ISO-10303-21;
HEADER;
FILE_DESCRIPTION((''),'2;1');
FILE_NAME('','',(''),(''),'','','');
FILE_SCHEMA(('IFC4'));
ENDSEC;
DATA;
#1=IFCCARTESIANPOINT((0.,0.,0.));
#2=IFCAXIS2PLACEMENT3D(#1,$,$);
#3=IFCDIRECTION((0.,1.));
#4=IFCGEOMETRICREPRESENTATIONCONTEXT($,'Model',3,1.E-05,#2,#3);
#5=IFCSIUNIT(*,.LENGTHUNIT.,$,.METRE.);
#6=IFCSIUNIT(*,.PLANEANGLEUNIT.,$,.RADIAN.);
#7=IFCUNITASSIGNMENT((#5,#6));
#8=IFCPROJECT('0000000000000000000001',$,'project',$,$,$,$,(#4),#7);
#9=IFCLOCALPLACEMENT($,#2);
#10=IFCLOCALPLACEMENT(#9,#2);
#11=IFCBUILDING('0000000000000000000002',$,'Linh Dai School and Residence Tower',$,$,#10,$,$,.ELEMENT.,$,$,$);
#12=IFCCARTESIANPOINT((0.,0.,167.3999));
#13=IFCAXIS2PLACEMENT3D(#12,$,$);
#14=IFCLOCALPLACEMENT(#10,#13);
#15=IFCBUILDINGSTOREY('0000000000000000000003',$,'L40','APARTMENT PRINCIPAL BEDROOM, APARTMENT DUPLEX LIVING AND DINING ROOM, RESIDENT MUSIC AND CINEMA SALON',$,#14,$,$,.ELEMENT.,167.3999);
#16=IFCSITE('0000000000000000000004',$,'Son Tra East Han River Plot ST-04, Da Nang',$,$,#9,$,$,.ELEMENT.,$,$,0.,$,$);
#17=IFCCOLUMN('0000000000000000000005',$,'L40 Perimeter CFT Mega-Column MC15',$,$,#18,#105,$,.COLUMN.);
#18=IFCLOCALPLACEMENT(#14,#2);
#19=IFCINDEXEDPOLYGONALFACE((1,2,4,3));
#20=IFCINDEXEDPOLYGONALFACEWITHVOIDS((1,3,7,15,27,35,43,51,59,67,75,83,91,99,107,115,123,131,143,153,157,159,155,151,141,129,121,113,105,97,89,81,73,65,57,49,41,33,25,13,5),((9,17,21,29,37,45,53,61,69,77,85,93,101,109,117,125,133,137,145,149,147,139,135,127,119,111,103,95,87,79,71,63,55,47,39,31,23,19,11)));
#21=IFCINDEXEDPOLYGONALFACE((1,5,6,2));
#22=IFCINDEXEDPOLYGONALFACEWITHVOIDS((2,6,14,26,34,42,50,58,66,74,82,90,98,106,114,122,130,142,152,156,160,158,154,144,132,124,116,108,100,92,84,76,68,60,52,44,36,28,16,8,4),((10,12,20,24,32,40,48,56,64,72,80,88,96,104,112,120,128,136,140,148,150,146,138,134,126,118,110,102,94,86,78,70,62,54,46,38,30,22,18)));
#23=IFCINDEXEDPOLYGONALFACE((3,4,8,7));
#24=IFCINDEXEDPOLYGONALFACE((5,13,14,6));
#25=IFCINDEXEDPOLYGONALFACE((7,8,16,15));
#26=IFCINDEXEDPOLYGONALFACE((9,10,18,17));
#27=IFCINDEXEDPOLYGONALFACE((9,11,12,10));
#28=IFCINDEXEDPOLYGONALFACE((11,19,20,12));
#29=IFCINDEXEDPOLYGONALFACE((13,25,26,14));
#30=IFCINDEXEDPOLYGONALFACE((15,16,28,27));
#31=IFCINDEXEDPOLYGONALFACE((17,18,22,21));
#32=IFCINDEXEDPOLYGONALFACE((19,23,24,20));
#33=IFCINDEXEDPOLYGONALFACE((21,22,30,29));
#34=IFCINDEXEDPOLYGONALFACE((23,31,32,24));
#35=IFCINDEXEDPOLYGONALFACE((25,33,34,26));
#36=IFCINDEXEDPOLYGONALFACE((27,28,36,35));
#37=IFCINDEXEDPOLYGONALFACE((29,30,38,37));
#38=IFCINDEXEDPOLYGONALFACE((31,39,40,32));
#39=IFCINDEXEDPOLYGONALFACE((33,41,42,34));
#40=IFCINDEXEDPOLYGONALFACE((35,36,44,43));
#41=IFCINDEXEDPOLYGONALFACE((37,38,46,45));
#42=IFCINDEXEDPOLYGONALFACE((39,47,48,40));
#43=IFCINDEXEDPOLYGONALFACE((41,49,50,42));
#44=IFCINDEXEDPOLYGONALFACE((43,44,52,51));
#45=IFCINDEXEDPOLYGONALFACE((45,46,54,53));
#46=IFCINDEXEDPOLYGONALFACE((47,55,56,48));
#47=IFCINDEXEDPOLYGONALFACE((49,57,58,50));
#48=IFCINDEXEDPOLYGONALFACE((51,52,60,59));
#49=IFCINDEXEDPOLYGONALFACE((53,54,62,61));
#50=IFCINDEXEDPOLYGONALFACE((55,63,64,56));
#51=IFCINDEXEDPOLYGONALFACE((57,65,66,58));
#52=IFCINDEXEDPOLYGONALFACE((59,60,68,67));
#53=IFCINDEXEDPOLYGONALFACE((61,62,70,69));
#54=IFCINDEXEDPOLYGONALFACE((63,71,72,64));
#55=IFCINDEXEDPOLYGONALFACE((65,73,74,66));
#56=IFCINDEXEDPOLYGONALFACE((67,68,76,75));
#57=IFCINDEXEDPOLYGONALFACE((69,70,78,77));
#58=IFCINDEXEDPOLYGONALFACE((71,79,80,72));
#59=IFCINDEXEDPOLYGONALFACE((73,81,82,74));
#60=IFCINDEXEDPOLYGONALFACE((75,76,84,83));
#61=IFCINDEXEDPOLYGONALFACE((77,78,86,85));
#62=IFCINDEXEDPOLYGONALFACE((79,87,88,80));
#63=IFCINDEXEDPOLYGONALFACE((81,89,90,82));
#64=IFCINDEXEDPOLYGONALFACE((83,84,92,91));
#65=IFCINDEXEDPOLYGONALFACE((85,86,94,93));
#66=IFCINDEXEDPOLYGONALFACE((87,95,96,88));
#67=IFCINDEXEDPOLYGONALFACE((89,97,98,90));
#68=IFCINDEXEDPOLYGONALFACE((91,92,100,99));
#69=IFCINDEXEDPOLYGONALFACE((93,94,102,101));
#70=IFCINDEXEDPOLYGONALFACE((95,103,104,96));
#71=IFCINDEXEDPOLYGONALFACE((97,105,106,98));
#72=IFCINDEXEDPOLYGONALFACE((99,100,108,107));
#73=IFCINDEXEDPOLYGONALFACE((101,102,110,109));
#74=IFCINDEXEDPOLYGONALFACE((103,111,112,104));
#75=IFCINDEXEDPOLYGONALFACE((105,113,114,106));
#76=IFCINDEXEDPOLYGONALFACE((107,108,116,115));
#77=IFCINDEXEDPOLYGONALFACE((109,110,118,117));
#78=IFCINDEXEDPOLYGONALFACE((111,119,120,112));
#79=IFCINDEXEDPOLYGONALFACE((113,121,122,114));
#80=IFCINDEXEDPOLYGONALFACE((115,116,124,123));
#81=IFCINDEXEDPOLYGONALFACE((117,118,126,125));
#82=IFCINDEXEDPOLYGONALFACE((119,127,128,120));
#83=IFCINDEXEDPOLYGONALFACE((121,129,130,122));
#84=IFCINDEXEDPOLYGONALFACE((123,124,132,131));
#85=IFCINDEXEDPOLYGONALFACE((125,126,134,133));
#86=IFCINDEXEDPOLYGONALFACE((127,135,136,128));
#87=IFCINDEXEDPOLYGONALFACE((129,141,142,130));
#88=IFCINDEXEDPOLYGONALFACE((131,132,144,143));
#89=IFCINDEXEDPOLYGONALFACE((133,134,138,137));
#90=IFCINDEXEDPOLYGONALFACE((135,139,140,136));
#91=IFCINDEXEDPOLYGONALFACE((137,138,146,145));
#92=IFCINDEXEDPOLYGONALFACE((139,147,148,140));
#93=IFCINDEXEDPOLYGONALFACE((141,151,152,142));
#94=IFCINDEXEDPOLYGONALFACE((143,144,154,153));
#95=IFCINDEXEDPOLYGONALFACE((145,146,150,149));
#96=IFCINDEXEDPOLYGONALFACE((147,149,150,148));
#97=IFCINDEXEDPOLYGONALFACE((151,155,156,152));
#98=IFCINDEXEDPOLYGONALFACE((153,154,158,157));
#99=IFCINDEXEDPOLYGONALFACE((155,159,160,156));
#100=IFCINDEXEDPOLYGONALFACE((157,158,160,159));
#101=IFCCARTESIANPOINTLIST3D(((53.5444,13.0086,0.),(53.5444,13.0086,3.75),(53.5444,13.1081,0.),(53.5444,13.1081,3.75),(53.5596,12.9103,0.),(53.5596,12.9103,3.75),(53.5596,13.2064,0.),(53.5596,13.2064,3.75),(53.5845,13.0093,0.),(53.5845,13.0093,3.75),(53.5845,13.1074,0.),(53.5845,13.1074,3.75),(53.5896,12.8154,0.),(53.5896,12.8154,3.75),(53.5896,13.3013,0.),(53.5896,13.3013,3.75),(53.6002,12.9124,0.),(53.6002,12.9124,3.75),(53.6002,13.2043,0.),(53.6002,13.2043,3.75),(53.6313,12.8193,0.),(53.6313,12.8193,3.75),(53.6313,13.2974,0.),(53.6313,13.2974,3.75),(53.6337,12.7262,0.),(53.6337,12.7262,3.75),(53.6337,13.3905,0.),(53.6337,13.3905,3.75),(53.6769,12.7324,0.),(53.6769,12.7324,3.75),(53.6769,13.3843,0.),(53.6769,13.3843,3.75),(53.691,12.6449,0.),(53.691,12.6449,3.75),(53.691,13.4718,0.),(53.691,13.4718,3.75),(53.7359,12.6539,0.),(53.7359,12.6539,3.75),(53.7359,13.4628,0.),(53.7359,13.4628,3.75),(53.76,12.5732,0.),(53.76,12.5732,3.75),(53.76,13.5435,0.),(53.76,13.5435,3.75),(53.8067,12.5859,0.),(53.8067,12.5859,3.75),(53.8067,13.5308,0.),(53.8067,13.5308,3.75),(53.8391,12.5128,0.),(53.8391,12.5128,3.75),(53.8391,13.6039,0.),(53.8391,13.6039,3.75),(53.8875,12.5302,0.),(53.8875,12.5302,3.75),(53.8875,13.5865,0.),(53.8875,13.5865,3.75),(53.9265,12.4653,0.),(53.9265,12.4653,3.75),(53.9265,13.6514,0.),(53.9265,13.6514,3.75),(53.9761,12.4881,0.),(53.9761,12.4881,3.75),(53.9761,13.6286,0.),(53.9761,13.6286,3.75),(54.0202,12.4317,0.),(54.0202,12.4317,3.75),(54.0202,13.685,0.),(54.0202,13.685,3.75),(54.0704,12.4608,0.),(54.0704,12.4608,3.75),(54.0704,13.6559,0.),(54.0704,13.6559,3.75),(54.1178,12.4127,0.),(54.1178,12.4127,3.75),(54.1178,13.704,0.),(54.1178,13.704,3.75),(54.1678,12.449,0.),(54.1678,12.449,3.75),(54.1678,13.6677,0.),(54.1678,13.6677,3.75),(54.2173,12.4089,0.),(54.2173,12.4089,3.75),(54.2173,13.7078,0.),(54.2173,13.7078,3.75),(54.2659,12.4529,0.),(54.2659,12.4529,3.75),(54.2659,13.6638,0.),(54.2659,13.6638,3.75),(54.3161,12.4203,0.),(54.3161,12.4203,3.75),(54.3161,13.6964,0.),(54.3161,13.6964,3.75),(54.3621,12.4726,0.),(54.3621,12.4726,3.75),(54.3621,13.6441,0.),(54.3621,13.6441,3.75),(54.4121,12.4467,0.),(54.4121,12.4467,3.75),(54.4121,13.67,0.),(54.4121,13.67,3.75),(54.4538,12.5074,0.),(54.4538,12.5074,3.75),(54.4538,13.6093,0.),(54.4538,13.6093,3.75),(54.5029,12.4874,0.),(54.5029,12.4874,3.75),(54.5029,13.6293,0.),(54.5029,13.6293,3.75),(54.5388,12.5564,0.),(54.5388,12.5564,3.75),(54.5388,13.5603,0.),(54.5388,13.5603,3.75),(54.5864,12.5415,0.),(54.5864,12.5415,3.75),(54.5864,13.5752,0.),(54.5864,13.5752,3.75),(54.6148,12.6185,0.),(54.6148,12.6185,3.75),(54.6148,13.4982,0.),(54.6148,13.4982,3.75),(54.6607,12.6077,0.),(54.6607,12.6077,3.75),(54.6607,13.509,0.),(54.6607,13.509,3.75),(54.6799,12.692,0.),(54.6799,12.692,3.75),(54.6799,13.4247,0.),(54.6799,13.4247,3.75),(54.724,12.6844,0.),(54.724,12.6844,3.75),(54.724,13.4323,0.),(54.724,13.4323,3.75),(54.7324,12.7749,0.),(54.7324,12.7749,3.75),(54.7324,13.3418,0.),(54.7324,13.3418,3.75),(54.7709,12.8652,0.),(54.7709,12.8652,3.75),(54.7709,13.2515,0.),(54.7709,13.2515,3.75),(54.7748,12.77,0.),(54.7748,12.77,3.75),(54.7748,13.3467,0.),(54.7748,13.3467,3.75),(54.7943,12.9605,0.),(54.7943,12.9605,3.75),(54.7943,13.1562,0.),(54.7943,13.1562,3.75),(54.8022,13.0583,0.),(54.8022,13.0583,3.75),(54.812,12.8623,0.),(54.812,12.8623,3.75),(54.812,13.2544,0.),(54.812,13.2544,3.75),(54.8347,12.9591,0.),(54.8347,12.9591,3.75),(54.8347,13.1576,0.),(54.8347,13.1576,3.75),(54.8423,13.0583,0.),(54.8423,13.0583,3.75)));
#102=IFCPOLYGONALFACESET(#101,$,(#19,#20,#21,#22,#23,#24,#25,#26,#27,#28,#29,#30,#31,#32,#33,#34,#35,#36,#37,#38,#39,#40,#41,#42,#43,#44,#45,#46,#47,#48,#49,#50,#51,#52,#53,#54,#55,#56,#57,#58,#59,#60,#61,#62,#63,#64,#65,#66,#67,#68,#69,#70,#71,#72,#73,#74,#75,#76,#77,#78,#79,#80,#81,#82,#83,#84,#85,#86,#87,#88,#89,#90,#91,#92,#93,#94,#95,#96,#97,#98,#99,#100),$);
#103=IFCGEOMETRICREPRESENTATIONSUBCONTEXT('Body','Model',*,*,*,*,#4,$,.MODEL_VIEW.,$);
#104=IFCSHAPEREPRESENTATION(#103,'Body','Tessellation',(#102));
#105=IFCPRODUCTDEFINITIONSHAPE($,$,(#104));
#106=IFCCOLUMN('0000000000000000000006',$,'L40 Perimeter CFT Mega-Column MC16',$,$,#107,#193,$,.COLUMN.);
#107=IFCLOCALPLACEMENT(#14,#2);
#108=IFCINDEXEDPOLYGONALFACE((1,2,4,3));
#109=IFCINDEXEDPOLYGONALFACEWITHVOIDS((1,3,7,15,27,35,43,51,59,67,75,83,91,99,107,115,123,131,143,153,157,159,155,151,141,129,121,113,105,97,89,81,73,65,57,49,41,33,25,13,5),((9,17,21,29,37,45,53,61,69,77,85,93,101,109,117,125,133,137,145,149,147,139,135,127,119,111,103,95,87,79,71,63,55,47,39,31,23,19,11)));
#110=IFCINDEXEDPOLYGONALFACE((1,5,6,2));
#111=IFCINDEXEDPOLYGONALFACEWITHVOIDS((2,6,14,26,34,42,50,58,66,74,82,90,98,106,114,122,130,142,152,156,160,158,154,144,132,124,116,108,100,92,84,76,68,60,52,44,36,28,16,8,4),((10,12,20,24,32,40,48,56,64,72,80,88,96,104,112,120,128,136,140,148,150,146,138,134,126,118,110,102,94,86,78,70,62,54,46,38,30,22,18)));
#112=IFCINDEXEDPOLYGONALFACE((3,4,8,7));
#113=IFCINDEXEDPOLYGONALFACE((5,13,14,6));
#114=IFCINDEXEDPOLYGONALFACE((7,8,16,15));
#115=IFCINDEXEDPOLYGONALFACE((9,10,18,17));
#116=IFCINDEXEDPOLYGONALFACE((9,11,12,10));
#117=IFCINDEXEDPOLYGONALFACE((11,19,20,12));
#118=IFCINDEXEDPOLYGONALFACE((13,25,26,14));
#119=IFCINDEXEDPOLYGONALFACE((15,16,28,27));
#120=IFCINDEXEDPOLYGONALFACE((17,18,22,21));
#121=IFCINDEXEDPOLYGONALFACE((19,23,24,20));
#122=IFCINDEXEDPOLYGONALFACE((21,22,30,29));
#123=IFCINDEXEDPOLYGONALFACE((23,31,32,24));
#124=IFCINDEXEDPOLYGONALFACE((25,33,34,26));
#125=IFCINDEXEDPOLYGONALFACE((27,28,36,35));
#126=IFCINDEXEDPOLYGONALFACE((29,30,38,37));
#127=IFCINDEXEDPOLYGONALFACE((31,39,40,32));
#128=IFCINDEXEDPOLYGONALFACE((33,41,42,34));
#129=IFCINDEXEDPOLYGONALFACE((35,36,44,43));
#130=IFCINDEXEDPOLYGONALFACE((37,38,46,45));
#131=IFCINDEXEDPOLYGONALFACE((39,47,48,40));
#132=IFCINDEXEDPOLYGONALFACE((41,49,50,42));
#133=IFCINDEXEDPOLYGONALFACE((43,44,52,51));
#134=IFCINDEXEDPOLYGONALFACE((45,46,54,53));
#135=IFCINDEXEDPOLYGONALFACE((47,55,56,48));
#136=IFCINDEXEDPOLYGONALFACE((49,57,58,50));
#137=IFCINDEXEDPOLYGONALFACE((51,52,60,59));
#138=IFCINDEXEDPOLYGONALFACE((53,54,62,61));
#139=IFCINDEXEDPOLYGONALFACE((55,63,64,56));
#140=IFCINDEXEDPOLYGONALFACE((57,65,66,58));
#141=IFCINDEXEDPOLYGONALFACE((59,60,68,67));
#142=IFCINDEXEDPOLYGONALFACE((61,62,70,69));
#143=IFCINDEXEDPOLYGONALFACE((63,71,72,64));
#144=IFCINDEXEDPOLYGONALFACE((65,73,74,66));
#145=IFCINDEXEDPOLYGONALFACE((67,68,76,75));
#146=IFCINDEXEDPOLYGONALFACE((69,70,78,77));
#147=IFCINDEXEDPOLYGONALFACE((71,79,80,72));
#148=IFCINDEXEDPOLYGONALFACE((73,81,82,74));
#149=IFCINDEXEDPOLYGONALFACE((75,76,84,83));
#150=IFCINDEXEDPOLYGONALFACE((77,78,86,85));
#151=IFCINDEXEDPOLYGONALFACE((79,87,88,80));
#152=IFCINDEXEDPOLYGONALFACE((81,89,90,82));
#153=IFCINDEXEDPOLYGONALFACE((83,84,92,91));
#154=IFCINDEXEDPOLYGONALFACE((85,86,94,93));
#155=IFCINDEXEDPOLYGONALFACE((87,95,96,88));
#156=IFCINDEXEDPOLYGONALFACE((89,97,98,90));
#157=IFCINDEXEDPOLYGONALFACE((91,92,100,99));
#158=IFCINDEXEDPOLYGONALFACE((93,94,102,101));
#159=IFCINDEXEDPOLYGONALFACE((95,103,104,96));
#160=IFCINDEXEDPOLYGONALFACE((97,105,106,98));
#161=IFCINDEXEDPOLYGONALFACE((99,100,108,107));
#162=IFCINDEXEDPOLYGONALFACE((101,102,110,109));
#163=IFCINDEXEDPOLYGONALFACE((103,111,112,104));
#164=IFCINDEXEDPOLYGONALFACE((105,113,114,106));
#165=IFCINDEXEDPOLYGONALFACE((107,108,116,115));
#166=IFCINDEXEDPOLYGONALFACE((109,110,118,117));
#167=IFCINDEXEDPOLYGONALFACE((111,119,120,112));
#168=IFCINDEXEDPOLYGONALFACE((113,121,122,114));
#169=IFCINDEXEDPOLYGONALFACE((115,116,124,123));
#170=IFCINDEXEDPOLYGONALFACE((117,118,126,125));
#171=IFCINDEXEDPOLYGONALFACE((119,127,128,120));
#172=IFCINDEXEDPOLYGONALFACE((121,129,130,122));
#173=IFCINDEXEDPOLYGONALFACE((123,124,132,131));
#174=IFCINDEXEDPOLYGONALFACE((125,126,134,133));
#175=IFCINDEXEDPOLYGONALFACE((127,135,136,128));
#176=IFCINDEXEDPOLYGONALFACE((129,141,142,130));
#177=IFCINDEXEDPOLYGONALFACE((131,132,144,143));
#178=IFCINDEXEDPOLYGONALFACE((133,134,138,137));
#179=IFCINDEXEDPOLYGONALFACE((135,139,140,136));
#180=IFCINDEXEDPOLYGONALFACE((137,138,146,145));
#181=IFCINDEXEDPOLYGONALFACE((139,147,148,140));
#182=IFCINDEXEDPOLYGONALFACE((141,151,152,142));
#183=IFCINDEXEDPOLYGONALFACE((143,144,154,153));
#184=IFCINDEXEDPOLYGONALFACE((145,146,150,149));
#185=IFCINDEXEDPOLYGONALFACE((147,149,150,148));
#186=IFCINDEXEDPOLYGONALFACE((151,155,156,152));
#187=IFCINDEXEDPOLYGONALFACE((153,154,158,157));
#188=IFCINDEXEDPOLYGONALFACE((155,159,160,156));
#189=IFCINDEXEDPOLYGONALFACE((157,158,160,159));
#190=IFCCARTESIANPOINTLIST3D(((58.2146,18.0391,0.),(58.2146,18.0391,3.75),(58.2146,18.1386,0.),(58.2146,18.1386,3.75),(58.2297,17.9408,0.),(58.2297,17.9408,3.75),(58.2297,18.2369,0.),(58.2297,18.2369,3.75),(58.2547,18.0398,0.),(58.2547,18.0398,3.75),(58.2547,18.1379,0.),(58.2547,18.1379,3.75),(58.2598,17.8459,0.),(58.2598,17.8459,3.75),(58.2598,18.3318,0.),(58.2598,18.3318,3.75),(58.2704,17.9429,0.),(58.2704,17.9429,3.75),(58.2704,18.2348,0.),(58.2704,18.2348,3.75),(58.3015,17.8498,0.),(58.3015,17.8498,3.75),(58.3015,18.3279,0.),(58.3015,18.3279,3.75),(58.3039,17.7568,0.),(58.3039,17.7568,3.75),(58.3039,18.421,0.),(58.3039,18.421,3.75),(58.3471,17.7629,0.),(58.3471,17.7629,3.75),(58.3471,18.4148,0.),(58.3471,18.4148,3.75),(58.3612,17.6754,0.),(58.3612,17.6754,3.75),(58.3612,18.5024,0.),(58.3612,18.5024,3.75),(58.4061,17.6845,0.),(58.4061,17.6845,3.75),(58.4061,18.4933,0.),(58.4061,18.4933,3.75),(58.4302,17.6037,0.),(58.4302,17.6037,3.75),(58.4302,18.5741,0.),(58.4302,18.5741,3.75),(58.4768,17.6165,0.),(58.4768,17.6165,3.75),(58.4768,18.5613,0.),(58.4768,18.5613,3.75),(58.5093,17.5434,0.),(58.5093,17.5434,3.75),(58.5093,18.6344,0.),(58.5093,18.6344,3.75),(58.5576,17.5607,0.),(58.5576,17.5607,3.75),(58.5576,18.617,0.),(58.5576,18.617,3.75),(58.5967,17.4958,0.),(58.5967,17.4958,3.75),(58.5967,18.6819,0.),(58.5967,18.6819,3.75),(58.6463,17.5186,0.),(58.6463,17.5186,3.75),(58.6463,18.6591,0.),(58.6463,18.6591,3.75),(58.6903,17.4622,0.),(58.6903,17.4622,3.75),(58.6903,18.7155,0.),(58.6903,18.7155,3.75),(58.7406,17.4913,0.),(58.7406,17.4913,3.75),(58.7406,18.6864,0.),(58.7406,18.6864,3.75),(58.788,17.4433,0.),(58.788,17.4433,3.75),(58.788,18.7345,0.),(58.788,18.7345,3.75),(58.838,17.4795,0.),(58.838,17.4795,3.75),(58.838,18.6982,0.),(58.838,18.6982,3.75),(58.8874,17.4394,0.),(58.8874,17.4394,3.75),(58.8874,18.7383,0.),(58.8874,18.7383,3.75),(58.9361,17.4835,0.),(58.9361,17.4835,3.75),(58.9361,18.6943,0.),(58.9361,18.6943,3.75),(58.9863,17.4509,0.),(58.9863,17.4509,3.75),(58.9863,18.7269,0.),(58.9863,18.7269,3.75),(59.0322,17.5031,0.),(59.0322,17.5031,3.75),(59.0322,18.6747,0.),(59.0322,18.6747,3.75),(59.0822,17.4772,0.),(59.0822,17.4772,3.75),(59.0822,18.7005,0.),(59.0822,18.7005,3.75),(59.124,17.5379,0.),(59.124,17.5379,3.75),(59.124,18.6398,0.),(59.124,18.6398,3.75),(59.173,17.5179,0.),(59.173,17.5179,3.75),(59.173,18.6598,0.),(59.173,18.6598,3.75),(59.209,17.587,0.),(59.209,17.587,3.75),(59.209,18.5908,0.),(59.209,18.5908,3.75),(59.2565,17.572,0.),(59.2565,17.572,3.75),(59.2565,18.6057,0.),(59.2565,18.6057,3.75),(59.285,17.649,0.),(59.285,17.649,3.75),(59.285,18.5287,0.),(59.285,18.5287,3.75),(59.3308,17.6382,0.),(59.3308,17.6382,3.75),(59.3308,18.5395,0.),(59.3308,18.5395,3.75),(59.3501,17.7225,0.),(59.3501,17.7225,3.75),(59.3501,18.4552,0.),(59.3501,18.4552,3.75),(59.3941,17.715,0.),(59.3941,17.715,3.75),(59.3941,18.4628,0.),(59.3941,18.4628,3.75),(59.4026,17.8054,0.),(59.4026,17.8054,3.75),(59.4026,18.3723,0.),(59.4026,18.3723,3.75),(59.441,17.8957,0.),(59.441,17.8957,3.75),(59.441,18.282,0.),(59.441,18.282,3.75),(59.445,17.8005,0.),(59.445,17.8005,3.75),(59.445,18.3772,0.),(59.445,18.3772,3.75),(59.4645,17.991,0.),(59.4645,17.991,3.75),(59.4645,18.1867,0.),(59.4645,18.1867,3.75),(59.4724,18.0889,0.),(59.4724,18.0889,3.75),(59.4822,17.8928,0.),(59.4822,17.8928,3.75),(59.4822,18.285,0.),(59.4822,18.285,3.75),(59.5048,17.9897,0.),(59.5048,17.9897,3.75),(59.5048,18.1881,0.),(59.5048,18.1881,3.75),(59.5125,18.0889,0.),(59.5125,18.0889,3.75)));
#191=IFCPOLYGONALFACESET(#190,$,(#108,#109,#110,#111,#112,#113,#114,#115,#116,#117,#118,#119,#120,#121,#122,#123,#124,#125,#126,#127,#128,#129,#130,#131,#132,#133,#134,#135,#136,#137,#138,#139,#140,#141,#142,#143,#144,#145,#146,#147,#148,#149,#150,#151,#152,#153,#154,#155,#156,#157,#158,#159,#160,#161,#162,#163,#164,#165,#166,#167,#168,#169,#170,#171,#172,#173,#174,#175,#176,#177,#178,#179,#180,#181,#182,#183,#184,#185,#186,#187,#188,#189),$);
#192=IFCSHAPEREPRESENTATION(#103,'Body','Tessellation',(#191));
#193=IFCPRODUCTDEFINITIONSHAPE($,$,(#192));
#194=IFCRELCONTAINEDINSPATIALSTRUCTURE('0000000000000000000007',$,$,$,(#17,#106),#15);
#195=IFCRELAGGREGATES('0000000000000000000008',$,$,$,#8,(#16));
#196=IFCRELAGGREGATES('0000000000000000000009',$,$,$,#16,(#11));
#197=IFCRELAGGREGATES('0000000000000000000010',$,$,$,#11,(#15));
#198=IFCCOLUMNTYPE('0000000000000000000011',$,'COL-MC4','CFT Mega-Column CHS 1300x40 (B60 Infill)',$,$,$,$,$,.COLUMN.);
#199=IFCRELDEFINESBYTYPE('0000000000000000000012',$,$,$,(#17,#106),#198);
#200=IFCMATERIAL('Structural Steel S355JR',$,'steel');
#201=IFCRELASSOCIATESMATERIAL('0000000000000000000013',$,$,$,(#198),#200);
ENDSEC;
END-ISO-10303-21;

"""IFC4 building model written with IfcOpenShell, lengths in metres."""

from ifc_helpers import new_model, si_unit, direction, frame, origin, origin_2d, place, context, subcontext, project, spatial, hollow_circle, extrude, material, material_profile, profile_set, type_object, element, save


model = new_model("IFC4")

# Units and contexts
model_context = context("Model", 3, precision=1e-05, world=origin(), true_north=direction((0.0, 1.0)))
body_context = subcontext(model_context, "Body", "Model", "MODEL_VIEW")
ifc_project = project(units=[si_unit("LENGTHUNIT", "METRE"), si_unit("PLANEANGLEUNIT", "RADIAN")], contexts=[model_context])

# Site, building, storey
site_placement = place(None, origin())
site = spatial("IfcSite", under=ifc_project, at=site_placement, Name="Son Tra East Han River Plot ST-04, Da Nang", CompositionType="ELEMENT", RefElevation=0.0)
building_placement = place(site_placement, origin())
building = spatial("IfcBuilding", under=site, at=building_placement, Name="Linh Dai School and Residence Tower", CompositionType="ELEMENT")
storey_placement = place(building_placement, frame((0.0, 0.0, 167.3999)))
storey = spatial("IfcBuildingStorey", under=building, at=storey_placement, Name="L40", Description="APARTMENT PRINCIPAL BEDROOM, APARTMENT DUPLEX LIVING AND DINING ROOM, RESIDENT MUSIC AND CINEMA SALON", CompositionType="ELEMENT", Elevation=167.3999)

# Columns
ifc_material_1 = material(Name="Structural Steel S355JR", Category="steel")
ifc_material_profile_1 = material_profile(ifc_material_1, hollow_circle(Radius=0.6499, WallThickness=0.04, at=origin_2d()), Name="CHS 1300x40")
ifc_profile_set_1 = profile_set([ifc_material_profile_1], Name="Structural Steel S355JR")
column_type = type_object("IfcColumnType", Name="COL-MC4", Description="CFT Mega-Column CHS 1300x40 (B60 Infill)", PredefinedType="COLUMN", material=ifc_profile_set_1)
for number, where, z_axis, x_axis, name in (
    (1, (54.1924, 13.0583, 0.0), (0.0, 0.0, 1.0), (1.0, 0.0, 0.0), "L40 Perimeter CFT Mega-Column MC15"),
    (2, (58.8625, 18.0889, 0.0), (0.0, 0.0, 1.0), (1.0, 0.0, 0.0), "L40 Perimeter CFT Mega-Column MC16"),
):
    element("IfcColumn", number, at=place(storey_placement, frame(where, z_axis=z_axis, x_axis=x_axis)), inside=storey, type_object=column_type, Name=name, PredefinedType="COLUMN", context=body_context, shape_type="SweptSolid", body=[
        extrude(hollow_circle(Radius=0.6499, WallThickness=0.04, at=origin_2d()), origin(), (0.0, 0.0, 1.0), 3.75),
    ])

save(model, "model.ifc")
